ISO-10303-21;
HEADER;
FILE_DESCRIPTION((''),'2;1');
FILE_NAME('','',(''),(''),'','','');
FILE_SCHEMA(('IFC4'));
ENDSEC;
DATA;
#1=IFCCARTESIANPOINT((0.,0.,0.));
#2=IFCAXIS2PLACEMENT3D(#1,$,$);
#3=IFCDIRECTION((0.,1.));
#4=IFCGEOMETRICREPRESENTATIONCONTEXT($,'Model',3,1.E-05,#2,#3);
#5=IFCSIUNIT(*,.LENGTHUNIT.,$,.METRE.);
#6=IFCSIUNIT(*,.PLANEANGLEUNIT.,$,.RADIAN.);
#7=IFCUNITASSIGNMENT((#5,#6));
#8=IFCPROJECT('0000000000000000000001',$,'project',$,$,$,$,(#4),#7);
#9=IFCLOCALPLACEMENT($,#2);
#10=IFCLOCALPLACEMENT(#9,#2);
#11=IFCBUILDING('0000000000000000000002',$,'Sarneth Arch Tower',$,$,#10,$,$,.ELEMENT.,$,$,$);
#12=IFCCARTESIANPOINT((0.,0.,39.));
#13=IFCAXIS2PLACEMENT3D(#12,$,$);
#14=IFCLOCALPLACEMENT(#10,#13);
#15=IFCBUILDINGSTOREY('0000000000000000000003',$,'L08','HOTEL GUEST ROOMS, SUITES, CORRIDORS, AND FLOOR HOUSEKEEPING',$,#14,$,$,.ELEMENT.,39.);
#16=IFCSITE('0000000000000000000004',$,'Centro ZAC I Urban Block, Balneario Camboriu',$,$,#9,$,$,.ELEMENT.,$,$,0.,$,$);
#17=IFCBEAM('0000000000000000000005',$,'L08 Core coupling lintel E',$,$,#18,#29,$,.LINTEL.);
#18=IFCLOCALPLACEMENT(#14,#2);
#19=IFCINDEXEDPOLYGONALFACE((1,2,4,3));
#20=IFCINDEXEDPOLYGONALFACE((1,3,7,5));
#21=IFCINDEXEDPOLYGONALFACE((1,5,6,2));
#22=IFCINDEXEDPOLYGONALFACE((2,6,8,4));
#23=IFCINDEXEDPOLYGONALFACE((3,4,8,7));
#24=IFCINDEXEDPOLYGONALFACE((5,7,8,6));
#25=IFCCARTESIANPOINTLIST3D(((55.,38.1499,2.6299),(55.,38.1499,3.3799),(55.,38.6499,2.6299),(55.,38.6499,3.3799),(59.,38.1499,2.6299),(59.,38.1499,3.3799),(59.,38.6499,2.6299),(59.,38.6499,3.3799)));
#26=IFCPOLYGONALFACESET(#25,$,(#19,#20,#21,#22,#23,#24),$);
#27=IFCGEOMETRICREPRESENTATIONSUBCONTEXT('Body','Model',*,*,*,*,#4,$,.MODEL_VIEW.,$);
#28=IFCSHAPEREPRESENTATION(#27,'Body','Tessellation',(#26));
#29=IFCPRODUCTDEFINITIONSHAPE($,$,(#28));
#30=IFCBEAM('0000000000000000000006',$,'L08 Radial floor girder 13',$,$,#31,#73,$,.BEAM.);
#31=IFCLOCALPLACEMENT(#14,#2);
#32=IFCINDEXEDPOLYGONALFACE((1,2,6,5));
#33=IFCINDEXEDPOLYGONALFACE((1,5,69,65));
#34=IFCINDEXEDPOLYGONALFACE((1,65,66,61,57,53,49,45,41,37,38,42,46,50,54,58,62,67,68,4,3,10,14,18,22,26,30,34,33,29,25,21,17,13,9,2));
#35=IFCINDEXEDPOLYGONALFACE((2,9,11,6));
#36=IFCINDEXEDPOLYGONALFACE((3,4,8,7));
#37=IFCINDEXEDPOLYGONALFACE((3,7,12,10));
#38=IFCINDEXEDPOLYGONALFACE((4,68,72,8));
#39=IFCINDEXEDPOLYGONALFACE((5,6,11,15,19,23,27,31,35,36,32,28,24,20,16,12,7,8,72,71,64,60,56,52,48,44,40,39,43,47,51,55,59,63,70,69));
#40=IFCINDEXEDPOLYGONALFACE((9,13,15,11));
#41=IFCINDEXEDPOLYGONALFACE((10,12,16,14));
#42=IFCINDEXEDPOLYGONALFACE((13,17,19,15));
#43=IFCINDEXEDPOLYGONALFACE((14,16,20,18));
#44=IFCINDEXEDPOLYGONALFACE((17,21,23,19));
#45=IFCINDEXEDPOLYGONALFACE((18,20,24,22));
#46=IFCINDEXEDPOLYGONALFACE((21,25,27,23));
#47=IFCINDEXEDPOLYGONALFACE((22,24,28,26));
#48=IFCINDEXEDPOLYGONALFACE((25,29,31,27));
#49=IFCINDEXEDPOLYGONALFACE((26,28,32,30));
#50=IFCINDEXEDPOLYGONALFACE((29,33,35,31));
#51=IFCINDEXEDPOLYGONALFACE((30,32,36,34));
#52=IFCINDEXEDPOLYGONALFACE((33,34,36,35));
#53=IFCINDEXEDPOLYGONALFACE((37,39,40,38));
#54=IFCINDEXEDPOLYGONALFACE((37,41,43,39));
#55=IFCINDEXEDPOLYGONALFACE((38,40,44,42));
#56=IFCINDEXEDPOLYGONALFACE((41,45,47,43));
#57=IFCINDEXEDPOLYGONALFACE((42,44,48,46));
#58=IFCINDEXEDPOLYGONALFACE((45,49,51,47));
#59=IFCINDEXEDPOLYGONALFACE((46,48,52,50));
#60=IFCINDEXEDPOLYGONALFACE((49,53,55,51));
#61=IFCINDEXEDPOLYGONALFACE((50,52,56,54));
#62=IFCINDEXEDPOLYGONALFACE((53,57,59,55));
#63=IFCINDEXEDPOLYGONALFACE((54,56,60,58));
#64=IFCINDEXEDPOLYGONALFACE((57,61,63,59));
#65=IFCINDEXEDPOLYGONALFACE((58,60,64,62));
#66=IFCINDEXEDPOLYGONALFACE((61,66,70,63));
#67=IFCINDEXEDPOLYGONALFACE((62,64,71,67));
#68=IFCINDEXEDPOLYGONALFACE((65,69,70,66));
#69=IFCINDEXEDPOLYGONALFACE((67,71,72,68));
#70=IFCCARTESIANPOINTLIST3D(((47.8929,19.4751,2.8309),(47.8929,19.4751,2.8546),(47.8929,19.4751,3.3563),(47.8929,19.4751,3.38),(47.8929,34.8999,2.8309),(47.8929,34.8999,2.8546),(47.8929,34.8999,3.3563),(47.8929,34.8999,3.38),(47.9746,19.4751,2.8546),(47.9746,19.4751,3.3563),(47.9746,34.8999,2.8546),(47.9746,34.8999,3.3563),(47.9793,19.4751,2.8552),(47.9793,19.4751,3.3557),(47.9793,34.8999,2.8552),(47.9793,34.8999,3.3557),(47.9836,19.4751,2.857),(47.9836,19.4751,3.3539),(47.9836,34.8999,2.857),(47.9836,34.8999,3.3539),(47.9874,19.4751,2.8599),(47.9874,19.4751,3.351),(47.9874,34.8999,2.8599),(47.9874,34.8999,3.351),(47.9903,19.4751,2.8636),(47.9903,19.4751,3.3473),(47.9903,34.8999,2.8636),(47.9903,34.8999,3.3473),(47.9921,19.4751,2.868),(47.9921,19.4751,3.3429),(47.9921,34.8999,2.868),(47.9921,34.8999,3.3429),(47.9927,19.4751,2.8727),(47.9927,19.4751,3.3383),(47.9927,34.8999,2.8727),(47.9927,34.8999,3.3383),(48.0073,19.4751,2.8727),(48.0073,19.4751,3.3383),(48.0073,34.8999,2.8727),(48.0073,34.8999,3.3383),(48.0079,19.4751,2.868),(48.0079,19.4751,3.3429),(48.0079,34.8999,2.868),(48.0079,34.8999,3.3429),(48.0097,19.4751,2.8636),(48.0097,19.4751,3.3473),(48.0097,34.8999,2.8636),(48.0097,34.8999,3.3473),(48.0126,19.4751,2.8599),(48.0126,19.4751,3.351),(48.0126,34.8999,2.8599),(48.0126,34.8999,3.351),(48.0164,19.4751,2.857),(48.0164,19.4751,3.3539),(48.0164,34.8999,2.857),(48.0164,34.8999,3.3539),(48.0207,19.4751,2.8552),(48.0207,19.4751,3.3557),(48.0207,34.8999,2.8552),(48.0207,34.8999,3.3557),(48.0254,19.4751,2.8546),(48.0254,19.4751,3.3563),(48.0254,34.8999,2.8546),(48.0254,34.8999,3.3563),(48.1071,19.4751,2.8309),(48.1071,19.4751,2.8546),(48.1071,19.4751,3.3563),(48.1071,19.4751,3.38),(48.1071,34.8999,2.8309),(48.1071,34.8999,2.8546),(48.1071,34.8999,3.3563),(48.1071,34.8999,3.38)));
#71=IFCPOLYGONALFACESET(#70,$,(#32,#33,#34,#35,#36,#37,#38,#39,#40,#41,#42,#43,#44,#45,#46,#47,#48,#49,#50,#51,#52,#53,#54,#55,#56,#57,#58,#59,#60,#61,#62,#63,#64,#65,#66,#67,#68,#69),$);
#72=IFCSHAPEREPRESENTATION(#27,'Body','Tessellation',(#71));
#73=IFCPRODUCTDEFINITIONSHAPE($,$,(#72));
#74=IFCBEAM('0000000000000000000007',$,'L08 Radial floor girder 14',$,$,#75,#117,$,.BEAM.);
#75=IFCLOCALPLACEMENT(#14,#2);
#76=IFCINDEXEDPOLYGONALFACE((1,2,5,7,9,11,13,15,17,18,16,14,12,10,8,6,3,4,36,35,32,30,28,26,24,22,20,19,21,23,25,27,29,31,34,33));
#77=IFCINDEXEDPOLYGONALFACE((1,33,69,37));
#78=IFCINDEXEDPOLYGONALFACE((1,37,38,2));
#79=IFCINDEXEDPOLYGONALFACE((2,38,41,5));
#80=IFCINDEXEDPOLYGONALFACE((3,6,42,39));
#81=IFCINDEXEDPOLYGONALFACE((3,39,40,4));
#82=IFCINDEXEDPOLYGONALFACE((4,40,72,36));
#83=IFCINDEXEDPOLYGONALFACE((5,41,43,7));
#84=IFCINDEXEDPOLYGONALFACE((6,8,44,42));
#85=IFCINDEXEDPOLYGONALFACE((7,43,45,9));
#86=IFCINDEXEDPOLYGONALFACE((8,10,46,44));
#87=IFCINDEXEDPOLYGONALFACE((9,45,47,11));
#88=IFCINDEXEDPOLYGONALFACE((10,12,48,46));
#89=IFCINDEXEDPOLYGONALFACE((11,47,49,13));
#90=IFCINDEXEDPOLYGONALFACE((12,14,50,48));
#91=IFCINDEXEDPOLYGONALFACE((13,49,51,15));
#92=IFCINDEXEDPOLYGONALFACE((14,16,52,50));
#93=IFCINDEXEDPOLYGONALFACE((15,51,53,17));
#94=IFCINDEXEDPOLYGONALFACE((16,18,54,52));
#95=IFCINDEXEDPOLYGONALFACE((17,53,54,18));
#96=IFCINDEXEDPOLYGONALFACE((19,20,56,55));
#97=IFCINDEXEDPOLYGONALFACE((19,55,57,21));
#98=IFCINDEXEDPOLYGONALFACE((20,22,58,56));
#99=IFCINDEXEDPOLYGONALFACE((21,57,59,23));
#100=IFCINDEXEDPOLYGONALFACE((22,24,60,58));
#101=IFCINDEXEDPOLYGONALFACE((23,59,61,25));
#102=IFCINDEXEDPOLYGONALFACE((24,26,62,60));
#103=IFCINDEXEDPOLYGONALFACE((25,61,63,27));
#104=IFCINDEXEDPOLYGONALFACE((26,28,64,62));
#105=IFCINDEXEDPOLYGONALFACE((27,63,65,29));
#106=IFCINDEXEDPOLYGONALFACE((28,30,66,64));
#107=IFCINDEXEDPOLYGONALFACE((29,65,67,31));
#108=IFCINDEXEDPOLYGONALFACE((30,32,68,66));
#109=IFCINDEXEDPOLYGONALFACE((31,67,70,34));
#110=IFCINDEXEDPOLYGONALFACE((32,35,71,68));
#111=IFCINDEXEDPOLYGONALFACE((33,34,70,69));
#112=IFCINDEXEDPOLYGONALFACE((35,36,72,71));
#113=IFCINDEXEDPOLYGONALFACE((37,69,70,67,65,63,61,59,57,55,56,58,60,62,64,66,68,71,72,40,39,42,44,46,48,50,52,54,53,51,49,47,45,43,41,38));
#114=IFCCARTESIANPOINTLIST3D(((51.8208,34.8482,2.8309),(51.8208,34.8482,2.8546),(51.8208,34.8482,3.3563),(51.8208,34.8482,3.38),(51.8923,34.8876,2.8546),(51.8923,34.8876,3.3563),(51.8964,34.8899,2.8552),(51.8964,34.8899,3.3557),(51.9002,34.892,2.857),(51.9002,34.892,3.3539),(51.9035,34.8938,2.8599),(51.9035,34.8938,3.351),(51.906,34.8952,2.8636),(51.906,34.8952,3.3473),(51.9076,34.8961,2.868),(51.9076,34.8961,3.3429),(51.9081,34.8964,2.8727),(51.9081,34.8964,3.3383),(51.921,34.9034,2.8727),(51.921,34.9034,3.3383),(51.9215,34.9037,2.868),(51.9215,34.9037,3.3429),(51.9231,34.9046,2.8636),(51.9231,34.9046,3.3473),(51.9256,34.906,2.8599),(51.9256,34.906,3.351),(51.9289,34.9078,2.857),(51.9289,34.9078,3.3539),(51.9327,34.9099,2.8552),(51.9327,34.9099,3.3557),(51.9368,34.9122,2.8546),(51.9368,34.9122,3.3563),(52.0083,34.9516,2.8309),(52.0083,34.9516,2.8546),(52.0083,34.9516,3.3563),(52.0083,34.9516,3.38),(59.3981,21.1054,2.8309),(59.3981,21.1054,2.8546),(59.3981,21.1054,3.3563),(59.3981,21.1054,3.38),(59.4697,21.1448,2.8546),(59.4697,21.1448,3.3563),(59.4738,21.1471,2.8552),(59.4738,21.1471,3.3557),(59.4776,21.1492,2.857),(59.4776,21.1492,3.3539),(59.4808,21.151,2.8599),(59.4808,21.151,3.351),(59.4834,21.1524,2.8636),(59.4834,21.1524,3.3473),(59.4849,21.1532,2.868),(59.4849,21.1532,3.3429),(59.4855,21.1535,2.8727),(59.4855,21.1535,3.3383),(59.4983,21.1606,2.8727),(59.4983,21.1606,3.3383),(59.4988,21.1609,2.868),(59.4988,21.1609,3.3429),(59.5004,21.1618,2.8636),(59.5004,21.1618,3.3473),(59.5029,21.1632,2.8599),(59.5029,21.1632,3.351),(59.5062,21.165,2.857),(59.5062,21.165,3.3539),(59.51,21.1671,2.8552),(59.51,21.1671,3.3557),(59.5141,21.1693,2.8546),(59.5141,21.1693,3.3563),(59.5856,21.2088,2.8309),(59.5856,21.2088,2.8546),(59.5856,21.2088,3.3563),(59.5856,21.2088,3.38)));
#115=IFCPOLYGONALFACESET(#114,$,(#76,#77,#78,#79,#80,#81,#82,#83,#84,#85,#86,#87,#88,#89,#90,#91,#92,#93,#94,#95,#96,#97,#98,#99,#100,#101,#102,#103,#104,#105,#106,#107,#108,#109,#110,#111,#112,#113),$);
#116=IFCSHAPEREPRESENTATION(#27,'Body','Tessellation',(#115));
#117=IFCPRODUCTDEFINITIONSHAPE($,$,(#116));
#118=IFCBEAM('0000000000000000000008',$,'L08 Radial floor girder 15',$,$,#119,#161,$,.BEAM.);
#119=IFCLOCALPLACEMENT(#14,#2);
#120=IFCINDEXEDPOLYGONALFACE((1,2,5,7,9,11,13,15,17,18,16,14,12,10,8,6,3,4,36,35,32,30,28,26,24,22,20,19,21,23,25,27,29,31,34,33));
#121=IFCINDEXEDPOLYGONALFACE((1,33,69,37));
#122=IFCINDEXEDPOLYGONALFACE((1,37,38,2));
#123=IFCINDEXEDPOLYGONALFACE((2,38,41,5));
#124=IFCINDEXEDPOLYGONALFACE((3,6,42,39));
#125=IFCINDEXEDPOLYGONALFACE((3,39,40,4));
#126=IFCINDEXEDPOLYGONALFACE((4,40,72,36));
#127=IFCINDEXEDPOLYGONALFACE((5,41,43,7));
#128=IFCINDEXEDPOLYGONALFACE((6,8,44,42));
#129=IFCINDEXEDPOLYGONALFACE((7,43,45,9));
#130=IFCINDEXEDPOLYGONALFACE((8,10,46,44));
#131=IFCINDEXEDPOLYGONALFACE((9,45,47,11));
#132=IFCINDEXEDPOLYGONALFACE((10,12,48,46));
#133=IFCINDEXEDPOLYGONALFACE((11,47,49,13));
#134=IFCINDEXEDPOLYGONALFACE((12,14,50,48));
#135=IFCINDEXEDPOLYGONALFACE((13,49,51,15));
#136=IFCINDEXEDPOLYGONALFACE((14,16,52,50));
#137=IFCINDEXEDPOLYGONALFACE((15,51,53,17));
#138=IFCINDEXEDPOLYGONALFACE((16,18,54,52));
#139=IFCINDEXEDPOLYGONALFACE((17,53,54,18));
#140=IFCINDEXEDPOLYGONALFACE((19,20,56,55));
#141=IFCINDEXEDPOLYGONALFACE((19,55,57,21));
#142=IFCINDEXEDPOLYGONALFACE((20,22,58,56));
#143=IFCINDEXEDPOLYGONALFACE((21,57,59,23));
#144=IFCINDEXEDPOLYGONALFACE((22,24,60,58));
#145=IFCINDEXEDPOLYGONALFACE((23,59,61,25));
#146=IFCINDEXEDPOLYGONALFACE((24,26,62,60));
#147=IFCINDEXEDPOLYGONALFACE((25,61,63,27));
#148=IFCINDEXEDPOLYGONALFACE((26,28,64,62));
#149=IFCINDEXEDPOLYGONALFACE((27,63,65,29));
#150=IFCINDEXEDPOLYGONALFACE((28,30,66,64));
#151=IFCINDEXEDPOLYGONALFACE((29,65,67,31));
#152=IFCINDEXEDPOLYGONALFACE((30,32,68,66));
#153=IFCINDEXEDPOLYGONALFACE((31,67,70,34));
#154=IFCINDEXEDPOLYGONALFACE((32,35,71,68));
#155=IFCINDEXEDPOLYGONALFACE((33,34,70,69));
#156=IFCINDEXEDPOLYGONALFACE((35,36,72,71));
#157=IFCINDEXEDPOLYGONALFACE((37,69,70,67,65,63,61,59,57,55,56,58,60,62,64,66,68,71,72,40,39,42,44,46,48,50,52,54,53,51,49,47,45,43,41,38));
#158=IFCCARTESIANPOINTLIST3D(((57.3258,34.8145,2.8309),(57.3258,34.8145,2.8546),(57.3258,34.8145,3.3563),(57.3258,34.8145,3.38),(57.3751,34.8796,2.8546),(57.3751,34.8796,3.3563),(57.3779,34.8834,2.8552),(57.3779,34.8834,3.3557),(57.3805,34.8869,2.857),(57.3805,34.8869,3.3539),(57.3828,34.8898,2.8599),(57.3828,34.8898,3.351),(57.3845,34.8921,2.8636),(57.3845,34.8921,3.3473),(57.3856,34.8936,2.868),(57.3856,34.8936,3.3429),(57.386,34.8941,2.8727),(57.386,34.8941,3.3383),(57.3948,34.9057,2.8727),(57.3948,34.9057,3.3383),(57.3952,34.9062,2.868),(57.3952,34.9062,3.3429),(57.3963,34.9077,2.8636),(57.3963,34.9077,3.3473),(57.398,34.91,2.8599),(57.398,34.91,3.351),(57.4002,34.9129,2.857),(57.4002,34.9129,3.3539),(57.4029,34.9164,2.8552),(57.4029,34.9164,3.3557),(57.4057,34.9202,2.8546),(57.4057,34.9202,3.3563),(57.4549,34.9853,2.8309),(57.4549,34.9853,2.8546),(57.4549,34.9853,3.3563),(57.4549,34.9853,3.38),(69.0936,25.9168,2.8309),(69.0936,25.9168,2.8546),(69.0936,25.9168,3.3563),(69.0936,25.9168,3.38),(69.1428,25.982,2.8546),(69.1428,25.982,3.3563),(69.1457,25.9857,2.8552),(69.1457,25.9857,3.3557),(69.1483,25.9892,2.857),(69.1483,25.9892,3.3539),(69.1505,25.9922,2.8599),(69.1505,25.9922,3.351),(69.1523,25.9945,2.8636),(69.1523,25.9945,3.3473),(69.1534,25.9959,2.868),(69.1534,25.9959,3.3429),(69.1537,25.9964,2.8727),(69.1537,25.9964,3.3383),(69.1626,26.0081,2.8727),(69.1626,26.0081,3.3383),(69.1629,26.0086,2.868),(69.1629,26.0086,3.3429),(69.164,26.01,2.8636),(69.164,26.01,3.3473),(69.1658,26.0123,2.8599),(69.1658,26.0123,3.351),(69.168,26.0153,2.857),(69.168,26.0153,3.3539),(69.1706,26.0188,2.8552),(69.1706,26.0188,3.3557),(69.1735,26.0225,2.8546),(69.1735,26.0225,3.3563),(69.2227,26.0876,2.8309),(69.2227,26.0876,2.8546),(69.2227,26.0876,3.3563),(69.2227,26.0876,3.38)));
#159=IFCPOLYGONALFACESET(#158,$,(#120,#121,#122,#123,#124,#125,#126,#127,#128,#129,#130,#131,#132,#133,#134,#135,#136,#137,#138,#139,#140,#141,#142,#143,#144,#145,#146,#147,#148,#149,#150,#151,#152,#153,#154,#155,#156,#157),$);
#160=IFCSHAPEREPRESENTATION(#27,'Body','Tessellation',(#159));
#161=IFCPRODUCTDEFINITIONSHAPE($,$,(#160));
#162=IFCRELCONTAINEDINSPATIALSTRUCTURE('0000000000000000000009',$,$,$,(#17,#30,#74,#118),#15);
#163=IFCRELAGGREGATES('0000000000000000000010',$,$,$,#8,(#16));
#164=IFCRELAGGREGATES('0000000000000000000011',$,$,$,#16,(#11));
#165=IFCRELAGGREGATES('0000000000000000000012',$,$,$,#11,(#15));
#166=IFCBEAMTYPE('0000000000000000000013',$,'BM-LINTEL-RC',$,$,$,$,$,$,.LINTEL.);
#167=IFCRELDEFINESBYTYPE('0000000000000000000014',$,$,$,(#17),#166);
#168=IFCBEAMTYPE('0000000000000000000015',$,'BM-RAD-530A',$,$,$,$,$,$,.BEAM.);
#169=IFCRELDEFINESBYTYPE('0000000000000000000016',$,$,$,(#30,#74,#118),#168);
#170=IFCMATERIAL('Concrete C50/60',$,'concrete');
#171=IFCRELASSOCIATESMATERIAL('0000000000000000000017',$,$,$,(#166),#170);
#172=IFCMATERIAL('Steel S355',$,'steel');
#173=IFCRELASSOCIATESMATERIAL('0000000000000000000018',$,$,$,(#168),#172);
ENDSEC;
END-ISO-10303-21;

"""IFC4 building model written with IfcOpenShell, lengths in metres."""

from ifc_helpers import new_model, si_unit, direction, frame, origin, origin_2d, place, context, subcontext, project, spatial, rectangle, i_section, extrude, material, material_profile, profile_set, type_object, element, save


model = new_model("IFC4")

# Units and contexts
model_context = context("Model", 3, precision=1e-05, world=origin(), true_north=direction((0.0, 1.0)))
body_context = subcontext(model_context, "Body", "Model", "MODEL_VIEW")
ifc_project = project(units=[si_unit("LENGTHUNIT", "METRE"), si_unit("PLANEANGLEUNIT", "RADIAN")], contexts=[model_context])

# Site, building, storey
site_placement = place(None, origin())
site = spatial("IfcSite", under=ifc_project, at=site_placement, Name="Centro ZAC I Urban Block, Balneario Camboriu", CompositionType="ELEMENT", RefElevation=0.0)
building_placement = place(site_placement, origin())
building = spatial("IfcBuilding", under=site, at=building_placement, Name="Sarneth Arch Tower", CompositionType="ELEMENT")
storey_placement = place(building_placement, frame((0.0, 0.0, 39.0)))
storey = spatial("IfcBuildingStorey", under=building, at=storey_placement, Name="L08", Description="HOTEL GUEST ROOMS, SUITES, CORRIDORS, AND FLOOR HOUSEKEEPING", CompositionType="ELEMENT", Elevation=39.0)

# Beams
ifc_material_1 = material(Name="Concrete C50/60", Category="concrete")
ifc_material_profile_1 = material_profile(ifc_material_1, rectangle(XDim=0.5, YDim=0.75, at=origin_2d()), Name="RC-500x750")
ifc_profile_set_1 = profile_set([ifc_material_profile_1], Name="Concrete C50/60")
beam_type_1 = type_object("IfcBeamType", Name="BM-LINTEL-RC", PredefinedType="LINTEL", material=ifc_profile_set_1)
beam_1_placement = place(storey_placement, frame((55.0, 38.3999, 3.0049), z_axis=(1.0, 0.0, 0.0), x_axis=(0.0, 1.0, 0.0)))
element("IfcBeam", 1, at=beam_1_placement, inside=storey, type_object=beam_type_1, Name="L08 Core coupling lintel E", PredefinedType="LINTEL", context=body_context, shape_type="SweptSolid", body=[
    extrude(rectangle(XDim=0.5, YDim=0.75, at=origin_2d()), origin(), (0.0, 0.0, 1.0), 4.0),
])
ifc_material_2 = material(Name="Steel S355", Category="steel")
ifc_material_profile_2 = material_profile(ifc_material_2, i_section(OverallWidth=0.2141, OverallDepth=0.5491, WebThickness=0.0146, FlangeThickness=0.0237, FilletRadius=0.0181, at=origin_2d()), Name="W530x138")
ifc_profile_set_2 = profile_set([ifc_material_profile_2], Name="Steel S355")
beam_type_2 = type_object("IfcBeamType", Name="BM-RAD-530A", PredefinedType="BEAM", material=ifc_profile_set_2)
beam_2_placement = place(storey_placement, frame((48.0, 34.8999, 3.1055), z_axis=(0.0, -1.0, 0.0), x_axis=(1.0, 0.0, 0.0)))
element("IfcBeam", 2, at=beam_2_placement, inside=storey, type_object=beam_type_2, Name="L08 Radial floor girder 13", PredefinedType="BEAM", context=body_context, shape_type="SweptSolid", body=[
    extrude(i_section(OverallWidth=0.2141, OverallDepth=0.5491, WebThickness=0.0146, FlangeThickness=0.0237, FilletRadius=0.0181, at=origin_2d()), origin(), (0.0, 0.0, 1.0), 15.4248),
])
beam_3_placement = place(storey_placement, frame((51.9146, 34.8999, 3.1055), z_axis=(0.482838, -0.87571, 0.0), x_axis=(0.87571, 0.482838, 0.0)))
element("IfcBeam", 3, at=beam_3_placement, inside=storey, type_object=beam_type_2, Name="L08 Radial floor girder 14", PredefinedType="BEAM", context=body_context, shape_type="SweptSolid", body=[
    extrude(i_section(OverallWidth=0.2141, OverallDepth=0.5491, WebThickness=0.0146, FlangeThickness=0.0237, FilletRadius=0.0181, at=origin_2d()), origin(), (0.0, 0.0, 1.0), 15.6934),
])
beam_4_placement = place(storey_placement, frame((57.3904, 34.8999, 3.1055), z_axis=(0.797657, -0.603112, 0.0), x_axis=(0.603112, 0.797657, 0.0)))
element("IfcBeam", 4, at=beam_4_placement, inside=storey, type_object=beam_type_2, Name="L08 Radial floor girder 15", PredefinedType="BEAM", context=body_context, shape_type="SweptSolid", body=[
    extrude(i_section(OverallWidth=0.2141, OverallDepth=0.5491, WebThickness=0.0146, FlangeThickness=0.0237, FilletRadius=0.0181, at=origin_2d()), origin(), (0.0, 0.0, 1.0), 14.7529),
])

save(model, "model.ifc")
